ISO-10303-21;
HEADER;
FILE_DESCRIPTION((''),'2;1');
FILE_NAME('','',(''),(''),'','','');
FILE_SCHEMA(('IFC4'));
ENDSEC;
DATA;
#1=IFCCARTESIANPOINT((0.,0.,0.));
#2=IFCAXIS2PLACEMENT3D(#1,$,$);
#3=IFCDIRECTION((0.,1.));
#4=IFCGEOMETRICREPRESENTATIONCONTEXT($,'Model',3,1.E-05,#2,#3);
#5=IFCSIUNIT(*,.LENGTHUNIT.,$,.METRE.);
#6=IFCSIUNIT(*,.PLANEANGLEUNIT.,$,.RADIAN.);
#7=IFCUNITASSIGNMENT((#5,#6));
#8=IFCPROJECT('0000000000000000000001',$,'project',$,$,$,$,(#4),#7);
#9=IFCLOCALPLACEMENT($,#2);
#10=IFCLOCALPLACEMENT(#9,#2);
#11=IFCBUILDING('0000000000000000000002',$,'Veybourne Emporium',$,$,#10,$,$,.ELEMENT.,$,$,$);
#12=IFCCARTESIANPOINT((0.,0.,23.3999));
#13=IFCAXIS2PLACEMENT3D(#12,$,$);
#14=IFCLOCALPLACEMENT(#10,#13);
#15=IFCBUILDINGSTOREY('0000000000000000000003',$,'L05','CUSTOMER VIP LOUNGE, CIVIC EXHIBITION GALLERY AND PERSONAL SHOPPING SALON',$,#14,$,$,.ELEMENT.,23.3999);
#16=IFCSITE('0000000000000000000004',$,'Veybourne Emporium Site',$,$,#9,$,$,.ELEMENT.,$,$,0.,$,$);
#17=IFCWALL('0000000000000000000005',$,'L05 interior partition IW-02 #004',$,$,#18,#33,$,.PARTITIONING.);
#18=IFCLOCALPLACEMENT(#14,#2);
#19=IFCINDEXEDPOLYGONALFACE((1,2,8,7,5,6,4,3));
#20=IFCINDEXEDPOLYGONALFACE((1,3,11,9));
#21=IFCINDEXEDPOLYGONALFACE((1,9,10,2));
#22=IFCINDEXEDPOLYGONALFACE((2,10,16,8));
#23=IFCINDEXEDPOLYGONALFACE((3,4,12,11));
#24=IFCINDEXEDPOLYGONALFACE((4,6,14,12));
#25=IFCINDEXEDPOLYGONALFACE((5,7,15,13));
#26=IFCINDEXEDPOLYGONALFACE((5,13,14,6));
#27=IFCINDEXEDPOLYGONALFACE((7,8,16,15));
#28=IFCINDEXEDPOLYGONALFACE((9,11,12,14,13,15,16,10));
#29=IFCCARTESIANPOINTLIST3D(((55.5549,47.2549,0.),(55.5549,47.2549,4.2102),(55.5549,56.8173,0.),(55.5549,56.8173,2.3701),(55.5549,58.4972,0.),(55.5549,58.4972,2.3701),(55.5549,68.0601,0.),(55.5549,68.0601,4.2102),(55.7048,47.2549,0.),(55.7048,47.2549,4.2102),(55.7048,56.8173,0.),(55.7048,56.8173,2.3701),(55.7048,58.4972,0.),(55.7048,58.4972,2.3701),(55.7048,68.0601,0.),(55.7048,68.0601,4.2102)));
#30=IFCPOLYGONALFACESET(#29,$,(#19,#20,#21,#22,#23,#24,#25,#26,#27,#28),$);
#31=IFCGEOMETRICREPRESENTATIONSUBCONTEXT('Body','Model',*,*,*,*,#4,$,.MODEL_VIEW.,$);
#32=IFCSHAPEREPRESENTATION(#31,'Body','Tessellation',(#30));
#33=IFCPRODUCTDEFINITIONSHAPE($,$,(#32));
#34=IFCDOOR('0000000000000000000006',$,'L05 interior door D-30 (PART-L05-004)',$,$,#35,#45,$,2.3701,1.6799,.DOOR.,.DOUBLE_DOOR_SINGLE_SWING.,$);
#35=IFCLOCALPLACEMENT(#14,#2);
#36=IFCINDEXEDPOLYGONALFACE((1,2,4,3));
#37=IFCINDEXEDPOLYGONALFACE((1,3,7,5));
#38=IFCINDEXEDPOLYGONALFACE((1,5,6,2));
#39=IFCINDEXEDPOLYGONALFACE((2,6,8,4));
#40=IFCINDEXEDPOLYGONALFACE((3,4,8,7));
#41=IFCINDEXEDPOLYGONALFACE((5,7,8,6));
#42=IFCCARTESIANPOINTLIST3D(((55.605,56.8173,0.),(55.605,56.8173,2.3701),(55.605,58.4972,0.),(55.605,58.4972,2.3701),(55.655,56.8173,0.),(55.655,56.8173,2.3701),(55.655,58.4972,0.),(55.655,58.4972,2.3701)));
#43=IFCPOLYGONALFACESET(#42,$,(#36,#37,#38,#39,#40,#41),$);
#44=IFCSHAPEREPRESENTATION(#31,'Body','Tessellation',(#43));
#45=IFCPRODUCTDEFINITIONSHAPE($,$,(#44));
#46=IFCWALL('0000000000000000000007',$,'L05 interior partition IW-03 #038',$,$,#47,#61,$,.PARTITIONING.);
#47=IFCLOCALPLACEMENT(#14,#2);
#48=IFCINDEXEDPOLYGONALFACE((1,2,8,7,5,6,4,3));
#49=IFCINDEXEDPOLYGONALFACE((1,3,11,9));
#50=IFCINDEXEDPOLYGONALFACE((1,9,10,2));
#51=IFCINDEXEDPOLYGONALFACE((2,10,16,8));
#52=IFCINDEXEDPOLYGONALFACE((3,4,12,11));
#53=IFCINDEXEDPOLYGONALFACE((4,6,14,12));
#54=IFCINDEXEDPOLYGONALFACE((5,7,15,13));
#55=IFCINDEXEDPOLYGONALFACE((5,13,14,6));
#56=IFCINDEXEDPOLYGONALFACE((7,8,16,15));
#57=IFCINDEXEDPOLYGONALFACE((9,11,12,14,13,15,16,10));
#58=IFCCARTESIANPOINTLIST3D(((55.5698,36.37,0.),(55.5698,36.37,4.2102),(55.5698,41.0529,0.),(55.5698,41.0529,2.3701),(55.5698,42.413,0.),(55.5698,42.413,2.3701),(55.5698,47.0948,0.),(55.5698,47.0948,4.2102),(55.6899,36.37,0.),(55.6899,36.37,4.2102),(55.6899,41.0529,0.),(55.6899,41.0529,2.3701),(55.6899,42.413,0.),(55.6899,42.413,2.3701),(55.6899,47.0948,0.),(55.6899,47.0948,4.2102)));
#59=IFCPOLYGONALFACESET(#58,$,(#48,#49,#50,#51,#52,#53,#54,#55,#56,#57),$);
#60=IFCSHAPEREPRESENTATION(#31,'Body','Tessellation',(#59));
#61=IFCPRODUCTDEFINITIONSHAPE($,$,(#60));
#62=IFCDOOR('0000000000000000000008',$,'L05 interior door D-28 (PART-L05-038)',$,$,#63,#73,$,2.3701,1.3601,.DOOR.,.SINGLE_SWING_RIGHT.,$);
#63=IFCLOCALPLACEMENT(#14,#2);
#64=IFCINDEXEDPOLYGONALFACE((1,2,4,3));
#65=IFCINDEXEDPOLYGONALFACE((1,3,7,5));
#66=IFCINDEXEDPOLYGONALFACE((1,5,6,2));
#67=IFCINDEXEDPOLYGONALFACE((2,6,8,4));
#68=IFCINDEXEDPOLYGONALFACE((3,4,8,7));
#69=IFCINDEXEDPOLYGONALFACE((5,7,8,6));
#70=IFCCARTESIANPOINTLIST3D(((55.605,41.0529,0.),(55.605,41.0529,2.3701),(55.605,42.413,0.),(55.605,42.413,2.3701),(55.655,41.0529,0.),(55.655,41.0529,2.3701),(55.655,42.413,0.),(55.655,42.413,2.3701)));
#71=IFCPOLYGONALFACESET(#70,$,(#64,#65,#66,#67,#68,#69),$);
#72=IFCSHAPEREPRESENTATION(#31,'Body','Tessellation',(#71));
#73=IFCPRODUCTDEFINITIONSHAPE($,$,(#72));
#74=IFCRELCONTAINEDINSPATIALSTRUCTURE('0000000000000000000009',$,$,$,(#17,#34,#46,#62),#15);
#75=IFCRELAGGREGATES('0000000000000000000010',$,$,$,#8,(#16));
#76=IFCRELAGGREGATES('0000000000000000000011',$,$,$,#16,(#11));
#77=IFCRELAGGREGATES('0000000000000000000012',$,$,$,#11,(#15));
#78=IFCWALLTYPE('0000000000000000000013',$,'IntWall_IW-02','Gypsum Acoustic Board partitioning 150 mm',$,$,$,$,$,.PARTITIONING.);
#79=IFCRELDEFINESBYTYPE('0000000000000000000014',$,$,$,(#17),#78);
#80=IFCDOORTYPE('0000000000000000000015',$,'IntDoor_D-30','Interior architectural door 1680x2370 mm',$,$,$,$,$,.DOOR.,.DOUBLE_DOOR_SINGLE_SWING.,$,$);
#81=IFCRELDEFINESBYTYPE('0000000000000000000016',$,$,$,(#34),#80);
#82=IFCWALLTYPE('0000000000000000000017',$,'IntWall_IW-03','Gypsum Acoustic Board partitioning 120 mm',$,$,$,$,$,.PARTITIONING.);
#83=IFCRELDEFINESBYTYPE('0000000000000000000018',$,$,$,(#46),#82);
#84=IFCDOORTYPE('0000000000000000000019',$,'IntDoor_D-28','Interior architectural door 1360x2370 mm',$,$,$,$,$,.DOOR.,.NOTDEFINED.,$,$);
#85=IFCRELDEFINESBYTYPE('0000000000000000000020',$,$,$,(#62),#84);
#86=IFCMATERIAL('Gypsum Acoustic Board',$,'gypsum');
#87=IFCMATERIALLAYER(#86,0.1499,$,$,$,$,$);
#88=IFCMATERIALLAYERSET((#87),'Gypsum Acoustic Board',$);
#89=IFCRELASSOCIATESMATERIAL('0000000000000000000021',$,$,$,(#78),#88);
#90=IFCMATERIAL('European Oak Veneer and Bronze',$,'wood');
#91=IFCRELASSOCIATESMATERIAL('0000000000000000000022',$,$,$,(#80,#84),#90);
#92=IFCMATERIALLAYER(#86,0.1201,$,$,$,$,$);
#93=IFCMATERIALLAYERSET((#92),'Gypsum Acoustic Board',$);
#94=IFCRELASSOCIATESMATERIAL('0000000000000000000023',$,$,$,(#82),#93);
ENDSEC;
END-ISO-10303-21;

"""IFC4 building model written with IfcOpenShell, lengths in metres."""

from ifc_helpers import new_model, si_unit, direction, frame, frame_2d, origin, place, context, subcontext, project, spatial, rectangle, extrude, material, layer, layer_set, type_object, element, fill, save


model = new_model("IFC4")

# Units and contexts
model_context = context("Model", 3, precision=1e-05, world=origin(), true_north=direction((0.0, 1.0)))
body_context = subcontext(model_context, "Body", "Model", "MODEL_VIEW")
ifc_project = project(units=[si_unit("LENGTHUNIT", "METRE"), si_unit("PLANEANGLEUNIT", "RADIAN")], contexts=[model_context])

# Site, building, storey
site_placement = place(None, origin())
site = spatial("IfcSite", under=ifc_project, at=site_placement, Name="Veybourne Emporium Site", CompositionType="ELEMENT", RefElevation=0.0)
building_placement = place(site_placement, origin())
building = spatial("IfcBuilding", under=site, at=building_placement, Name="Veybourne Emporium", CompositionType="ELEMENT")
storey_placement = place(building_placement, frame((0.0, 0.0, 23.3999)))
storey = spatial("IfcBuildingStorey", under=building, at=storey_placement, Name="L05", Description="CUSTOMER VIP LOUNGE, CIVIC EXHIBITION GALLERY AND PERSONAL SHOPPING SALON", CompositionType="ELEMENT", Elevation=23.3999)

# Shared definitions
ifc_material_1 = material(Name="Gypsum Acoustic Board", Category="gypsum")

# Walls, openings, doors
ifc_layer_1 = layer(ifc_material_1, 0.1499)
ifc_layer_set_1 = layer_set([ifc_layer_1], Name="Gypsum Acoustic Board")
wall_type_1 = type_object("IfcWallType", Name="IntWall_IW-02", Description="Gypsum Acoustic Board partitioning 150 mm", PredefinedType="PARTITIONING", material=ifc_layer_set_1)
wall_1_placement = place(storey_placement, frame((55.6299, 47.2549, 0.0), z_axis=(0.0, 0.0, 1.0), x_axis=(0.0, 1.0, 0.0)))
wall_1 = element("IfcWall", 1, at=wall_1_placement, inside=storey, type_object=wall_type_1, Name="L05 interior partition IW-02 #004", PredefinedType="PARTITIONING", context=body_context, shape_type="SweptSolid", body=[
    extrude(rectangle(XDim=20.8052, YDim=0.1499, at=frame_2d((10.4026, 0.0))), origin(), (0.0, 0.0, 1.0), 4.2102),
])
opening_1_placement = place(wall_1_placement, frame((9.5625, 0.0, 0.0)))
opening_1 = element("IfcOpeningElement", 2, at=opening_1_placement, cuts=wall_1, PredefinedType="OPENING", context=body_context, shape_type="SweptSolid", body=[
    extrude(rectangle(XDim=1.6799, YDim=2.3701, at=frame_2d((0.8398, 1.1851))), frame((0.0, 0.095, 0.0), z_axis=(0.0, -1.0, 0.0), x_axis=(1.0, 0.0, 0.0)), (0.0, 0.0, 1.0), 0.1899),
])
ifc_material_2 = material(Name="European Oak Veneer and Bronze", Category="wood")
door_type_1 = type_object("IfcDoorType", Name="IntDoor_D-30", Description="Interior architectural door 1680x2370 mm", OperationType="DOUBLE_DOOR_SINGLE_SWING", PredefinedType="DOOR", material=ifc_material_2)
door_1_placement = place(opening_1_placement, origin())
door_1 = element("IfcDoor", 3, at=door_1_placement, inside=storey, type_object=door_type_1, Name="L05 interior door D-30 (PART-L05-004)", OperationType="DOUBLE_DOOR_SINGLE_SWING", OverallHeight=2.3701, OverallWidth=1.6799, PredefinedType="DOOR", context=body_context, shape_type="SweptSolid", body=[
    extrude(rectangle(XDim=1.6799, YDim=2.3701, at=frame_2d((0.8398, 1.1851))), frame((0.0, 0.0249, 0.0), z_axis=(0.0, -1.0, 0.0), x_axis=(1.0, 0.0, 0.0)), (0.0, 0.0, 1.0), 0.05),
])
fill(opening_1, door_1)
ifc_layer_2 = layer(ifc_material_1, 0.1201)
ifc_layer_set_2 = layer_set([ifc_layer_2], Name="Gypsum Acoustic Board")
wall_type_2 = type_object("IfcWallType", Name="IntWall_IW-03", Description="Gypsum Acoustic Board partitioning 120 mm", PredefinedType="PARTITIONING", material=ifc_layer_set_2)
wall_2_placement = place(storey_placement, frame((55.6299, 36.3701, 0.0), z_axis=(0.0, 0.0, 1.0), x_axis=(0.0, 1.0, 0.0)))
wall_2 = element("IfcWall", 4, at=wall_2_placement, inside=storey, type_object=wall_type_2, Name="L05 interior partition IW-03 #038", PredefinedType="PARTITIONING", context=body_context, shape_type="SweptSolid", body=[
    extrude(rectangle(XDim=10.7249, YDim=0.1201, at=frame_2d((5.3623, 0.0))), origin(), (0.0, 0.0, 1.0), 4.2102),
])
opening_2_placement = place(wall_2_placement, frame((4.6826, 0.0, 0.0)))
opening_2 = element("IfcOpeningElement", 5, at=opening_2_placement, cuts=wall_2, PredefinedType="OPENING", context=body_context, shape_type="SweptSolid", body=[
    extrude(rectangle(XDim=1.3601, YDim=2.3701, at=frame_2d((0.6802, 1.1851))), frame((0.0, 0.0801, 0.0), z_axis=(0.0, -1.0, 0.0), x_axis=(1.0, 0.0, 0.0)), (0.0, 0.0, 1.0), 0.1602),
])
door_type_2 = type_object("IfcDoorType", Name="IntDoor_D-28", Description="Interior architectural door 1360x2370 mm", OperationType="NOTDEFINED", PredefinedType="DOOR", material=ifc_material_2)
door_2_placement = place(opening_2_placement, origin())
door_2 = element("IfcDoor", 6, at=door_2_placement, inside=storey, type_object=door_type_2, Name="L05 interior door D-28 (PART-L05-038)", OperationType="SINGLE_SWING_RIGHT", OverallHeight=2.3701, OverallWidth=1.3601, PredefinedType="DOOR", context=body_context, shape_type="SweptSolid", body=[
    extrude(rectangle(XDim=1.3601, YDim=2.3701, at=frame_2d((0.6802, 1.1851))), frame((0.0, 0.0249, 0.0), z_axis=(0.0, -1.0, 0.0), x_axis=(1.0, 0.0, 0.0)), (0.0, 0.0, 1.0), 0.05),
])
fill(opening_2, door_2)

save(model, "model.ifc")
